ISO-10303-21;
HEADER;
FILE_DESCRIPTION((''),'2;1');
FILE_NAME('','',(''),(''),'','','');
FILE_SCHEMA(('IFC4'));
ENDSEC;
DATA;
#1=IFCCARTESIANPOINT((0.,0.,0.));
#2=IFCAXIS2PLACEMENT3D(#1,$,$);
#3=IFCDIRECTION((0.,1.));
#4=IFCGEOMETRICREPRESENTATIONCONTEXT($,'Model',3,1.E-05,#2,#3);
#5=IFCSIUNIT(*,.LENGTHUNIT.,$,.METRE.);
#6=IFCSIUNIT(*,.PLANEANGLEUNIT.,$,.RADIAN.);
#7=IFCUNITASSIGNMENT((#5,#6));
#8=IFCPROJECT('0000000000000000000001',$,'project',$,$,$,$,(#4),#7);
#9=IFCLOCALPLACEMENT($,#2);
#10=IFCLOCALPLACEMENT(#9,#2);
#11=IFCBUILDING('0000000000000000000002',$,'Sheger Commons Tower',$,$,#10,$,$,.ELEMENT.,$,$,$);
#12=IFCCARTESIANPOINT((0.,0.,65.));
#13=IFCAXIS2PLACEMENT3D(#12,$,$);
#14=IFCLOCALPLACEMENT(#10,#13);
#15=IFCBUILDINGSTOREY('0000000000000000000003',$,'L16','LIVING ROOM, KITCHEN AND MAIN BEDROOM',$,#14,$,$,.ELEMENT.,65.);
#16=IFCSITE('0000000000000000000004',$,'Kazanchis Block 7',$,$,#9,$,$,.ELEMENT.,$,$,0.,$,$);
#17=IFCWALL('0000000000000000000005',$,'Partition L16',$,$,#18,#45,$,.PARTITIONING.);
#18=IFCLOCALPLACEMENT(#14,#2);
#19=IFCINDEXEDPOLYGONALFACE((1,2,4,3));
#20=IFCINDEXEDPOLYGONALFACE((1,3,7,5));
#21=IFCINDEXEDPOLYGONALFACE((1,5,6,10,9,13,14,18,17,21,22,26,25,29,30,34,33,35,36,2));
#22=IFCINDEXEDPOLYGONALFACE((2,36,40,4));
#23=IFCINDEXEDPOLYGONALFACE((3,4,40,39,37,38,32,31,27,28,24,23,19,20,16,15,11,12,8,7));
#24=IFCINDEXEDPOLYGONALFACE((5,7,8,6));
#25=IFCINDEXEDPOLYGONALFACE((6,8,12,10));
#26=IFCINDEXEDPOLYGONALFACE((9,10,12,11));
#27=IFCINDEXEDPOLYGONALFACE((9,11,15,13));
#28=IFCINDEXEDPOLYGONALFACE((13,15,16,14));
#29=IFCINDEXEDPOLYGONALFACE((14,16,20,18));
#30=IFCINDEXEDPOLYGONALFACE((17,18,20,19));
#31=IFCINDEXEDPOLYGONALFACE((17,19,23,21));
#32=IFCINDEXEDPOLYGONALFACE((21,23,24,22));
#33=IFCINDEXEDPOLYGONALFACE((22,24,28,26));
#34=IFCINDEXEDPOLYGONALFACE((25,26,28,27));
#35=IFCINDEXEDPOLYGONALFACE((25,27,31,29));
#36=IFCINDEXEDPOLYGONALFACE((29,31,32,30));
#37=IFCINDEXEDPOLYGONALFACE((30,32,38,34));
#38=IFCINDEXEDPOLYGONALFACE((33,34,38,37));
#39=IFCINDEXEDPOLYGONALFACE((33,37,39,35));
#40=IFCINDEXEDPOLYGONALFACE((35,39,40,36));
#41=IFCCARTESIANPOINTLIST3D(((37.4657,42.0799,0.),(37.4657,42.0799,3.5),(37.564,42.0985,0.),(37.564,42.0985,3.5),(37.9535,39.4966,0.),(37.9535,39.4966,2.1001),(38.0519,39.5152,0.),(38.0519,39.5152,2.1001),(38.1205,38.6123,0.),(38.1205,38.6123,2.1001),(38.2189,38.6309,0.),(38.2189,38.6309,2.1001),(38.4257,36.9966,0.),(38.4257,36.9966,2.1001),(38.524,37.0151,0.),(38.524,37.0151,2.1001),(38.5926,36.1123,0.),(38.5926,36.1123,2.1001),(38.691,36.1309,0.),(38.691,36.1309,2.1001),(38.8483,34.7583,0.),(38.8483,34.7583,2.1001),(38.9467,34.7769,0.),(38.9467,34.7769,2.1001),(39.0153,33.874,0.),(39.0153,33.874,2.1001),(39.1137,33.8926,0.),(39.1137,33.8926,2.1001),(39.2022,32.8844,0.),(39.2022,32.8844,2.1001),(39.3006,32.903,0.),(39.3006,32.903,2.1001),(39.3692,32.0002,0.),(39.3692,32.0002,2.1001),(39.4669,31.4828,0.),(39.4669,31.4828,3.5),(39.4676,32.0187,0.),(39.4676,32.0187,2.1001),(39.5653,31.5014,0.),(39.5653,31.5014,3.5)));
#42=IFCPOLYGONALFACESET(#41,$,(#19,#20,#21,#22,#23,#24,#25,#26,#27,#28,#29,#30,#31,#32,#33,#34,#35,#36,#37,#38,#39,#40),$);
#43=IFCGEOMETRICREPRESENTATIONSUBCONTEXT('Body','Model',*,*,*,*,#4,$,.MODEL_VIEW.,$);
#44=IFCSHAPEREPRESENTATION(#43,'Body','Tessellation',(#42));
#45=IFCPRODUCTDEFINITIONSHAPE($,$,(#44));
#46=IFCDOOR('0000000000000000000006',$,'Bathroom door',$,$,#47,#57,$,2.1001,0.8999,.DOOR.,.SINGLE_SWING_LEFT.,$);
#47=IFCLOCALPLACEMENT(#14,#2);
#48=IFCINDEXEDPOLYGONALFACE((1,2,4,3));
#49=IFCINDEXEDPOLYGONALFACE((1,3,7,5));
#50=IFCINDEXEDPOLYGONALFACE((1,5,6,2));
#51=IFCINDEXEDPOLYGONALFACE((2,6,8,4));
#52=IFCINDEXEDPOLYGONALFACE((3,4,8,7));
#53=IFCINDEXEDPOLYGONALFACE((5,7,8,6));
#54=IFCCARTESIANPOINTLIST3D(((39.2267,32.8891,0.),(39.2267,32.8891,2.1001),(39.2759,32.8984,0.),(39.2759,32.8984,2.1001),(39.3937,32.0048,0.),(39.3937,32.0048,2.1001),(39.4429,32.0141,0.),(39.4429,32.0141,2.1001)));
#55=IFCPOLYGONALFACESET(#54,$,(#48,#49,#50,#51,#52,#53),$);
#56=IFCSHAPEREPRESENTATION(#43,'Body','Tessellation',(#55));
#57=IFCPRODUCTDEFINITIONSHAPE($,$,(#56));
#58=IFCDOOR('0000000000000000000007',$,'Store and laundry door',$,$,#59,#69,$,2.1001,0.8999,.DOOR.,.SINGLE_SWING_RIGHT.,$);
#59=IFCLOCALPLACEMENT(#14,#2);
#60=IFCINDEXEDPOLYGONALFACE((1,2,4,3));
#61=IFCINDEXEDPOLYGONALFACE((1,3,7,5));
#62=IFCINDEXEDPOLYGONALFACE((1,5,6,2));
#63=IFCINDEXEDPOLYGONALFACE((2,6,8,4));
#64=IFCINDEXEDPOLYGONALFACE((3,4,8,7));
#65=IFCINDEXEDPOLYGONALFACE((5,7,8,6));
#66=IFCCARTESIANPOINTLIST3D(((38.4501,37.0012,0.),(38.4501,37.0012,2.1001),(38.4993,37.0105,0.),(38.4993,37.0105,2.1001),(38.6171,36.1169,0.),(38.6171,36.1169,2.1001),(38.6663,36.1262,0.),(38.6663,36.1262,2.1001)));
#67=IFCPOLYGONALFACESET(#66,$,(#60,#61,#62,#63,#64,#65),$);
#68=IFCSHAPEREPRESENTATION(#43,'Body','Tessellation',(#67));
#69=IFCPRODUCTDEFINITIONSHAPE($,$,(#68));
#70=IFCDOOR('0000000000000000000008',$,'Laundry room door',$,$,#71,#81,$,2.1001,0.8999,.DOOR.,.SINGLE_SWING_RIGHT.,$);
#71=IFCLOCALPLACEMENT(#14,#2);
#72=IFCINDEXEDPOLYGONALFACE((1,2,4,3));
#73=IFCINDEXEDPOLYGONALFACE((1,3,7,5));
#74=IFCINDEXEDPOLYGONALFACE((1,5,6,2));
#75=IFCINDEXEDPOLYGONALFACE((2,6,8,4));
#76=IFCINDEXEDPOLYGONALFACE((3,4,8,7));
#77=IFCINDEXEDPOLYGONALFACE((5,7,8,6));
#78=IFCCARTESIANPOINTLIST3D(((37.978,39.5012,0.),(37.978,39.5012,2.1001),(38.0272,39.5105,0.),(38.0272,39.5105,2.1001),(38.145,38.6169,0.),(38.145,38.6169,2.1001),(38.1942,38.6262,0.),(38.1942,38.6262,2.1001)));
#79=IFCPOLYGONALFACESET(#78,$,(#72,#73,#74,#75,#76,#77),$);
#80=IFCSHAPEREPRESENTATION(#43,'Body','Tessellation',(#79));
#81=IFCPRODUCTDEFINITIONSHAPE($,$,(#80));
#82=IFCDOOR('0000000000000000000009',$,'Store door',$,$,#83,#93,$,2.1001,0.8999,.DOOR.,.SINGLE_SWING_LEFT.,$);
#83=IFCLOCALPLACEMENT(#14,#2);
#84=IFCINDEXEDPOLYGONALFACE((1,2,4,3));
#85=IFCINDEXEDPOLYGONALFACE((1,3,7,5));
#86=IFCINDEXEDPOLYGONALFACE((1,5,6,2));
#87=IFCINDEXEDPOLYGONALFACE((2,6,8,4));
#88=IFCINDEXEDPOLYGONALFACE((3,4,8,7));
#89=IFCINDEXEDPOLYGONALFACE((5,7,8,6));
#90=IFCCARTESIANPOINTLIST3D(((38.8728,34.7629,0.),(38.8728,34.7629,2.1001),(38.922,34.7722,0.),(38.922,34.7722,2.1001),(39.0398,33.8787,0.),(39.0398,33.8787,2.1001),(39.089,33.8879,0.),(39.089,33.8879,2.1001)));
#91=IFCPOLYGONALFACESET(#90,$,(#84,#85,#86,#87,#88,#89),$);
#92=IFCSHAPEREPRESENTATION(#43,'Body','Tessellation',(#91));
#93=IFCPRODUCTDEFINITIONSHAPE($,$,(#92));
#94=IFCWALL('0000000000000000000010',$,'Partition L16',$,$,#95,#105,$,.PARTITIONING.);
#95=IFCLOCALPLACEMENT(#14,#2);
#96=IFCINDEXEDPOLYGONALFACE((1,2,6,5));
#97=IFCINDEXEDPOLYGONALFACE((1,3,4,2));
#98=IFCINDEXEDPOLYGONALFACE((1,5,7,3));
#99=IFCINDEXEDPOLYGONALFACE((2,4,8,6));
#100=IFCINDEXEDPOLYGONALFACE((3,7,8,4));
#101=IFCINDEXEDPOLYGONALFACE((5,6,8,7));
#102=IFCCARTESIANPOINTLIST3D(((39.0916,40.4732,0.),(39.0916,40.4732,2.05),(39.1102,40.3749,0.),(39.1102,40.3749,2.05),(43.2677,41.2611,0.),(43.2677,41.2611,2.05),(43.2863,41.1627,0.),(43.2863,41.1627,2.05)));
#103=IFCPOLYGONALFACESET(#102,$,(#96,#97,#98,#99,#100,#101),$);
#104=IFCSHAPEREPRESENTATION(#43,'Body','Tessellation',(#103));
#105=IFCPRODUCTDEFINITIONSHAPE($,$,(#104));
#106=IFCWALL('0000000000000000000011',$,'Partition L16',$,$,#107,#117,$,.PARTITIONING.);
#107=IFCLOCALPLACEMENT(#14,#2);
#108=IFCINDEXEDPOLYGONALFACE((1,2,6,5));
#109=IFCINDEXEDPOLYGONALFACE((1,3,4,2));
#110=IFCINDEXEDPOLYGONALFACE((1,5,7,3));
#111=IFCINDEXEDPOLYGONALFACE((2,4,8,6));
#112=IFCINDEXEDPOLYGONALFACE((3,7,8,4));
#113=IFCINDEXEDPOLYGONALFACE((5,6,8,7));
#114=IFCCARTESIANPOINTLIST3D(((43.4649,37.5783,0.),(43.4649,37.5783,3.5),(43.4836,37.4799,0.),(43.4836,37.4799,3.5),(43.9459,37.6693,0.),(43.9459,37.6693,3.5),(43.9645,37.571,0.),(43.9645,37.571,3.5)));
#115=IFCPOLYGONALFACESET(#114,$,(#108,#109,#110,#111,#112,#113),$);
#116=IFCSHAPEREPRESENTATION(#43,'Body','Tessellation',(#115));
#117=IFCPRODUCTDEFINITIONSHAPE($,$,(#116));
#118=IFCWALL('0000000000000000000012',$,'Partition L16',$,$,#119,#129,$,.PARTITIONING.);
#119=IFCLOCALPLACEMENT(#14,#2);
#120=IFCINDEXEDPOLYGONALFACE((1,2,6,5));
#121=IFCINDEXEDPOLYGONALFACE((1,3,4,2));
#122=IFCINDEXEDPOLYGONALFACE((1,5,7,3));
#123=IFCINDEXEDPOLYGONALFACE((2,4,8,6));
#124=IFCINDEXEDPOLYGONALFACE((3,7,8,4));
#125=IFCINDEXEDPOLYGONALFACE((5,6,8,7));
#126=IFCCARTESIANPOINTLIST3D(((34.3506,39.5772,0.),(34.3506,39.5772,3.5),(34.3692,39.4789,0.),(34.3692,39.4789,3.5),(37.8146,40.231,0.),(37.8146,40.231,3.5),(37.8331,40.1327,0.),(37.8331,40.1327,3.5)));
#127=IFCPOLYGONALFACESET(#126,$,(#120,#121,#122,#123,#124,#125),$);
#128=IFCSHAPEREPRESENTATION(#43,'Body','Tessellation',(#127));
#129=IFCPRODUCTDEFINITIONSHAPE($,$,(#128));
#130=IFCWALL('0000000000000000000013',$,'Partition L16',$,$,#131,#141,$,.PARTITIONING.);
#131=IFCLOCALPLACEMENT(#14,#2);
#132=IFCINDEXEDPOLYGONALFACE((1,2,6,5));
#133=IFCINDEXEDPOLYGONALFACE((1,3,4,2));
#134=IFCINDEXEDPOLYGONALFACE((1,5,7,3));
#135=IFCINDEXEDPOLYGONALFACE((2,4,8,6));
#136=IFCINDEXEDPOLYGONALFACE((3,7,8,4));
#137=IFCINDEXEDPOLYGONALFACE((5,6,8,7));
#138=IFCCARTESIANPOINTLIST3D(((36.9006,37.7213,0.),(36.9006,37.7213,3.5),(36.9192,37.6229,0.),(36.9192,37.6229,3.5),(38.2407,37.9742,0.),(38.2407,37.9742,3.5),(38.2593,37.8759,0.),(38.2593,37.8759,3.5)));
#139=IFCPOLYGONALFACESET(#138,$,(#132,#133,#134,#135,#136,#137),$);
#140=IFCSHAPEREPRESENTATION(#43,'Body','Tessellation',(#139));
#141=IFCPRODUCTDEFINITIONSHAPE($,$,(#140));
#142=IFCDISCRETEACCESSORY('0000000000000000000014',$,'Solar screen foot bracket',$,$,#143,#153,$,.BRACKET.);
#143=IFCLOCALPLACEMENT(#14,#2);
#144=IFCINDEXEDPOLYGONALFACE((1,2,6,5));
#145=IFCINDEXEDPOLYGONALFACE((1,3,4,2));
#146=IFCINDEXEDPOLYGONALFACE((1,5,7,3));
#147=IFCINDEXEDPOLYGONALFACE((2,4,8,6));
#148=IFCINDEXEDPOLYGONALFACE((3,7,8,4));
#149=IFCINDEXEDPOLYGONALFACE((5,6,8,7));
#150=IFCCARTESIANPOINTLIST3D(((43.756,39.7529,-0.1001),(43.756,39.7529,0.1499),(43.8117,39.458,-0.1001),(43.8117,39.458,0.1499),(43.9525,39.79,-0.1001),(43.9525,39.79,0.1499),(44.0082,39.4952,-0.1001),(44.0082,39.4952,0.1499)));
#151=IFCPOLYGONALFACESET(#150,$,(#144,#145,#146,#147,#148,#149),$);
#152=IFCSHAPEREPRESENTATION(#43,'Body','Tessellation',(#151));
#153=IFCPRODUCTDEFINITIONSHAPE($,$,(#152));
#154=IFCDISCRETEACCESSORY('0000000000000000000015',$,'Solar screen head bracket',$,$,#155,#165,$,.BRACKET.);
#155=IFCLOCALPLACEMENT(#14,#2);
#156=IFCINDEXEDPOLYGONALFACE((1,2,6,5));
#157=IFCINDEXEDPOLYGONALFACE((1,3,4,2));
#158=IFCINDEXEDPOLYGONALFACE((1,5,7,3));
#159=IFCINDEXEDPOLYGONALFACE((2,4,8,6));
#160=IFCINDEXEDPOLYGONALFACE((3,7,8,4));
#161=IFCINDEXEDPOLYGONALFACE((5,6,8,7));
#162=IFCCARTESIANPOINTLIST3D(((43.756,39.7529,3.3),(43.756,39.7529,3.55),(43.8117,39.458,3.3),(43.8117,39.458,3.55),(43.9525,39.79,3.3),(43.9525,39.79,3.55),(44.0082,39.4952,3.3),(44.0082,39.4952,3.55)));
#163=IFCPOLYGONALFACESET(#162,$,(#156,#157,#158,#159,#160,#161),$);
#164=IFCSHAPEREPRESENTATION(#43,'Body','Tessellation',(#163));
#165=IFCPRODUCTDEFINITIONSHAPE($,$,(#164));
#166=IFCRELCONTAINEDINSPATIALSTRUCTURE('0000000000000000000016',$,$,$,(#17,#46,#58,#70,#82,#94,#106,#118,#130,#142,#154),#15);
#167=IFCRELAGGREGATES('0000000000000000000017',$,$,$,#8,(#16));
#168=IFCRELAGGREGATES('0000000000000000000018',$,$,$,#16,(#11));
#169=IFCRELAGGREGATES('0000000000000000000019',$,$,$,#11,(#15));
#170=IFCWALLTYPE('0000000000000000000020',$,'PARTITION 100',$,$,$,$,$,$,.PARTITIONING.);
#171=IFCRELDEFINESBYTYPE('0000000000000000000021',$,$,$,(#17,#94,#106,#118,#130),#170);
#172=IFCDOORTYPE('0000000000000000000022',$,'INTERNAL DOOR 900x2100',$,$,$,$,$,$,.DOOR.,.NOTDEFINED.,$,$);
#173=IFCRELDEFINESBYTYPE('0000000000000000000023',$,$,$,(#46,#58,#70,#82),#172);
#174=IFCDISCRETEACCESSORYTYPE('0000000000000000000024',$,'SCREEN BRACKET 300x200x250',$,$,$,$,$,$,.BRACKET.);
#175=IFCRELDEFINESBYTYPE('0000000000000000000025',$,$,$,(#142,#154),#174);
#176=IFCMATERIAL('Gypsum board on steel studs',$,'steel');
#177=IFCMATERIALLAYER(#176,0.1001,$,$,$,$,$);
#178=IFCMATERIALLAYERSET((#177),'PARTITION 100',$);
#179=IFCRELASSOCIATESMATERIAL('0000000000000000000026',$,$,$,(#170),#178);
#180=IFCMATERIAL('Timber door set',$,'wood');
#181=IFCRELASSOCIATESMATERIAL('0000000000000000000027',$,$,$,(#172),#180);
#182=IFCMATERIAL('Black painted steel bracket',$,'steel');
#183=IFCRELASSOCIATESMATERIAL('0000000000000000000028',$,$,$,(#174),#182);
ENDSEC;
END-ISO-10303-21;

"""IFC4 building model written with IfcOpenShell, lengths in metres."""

from ifc_helpers import new_model, si_unit, direction, frame, frame_2d, origin, origin_2d, place, context, subcontext, project, spatial, rectangle, extrude, material, layer, layer_set, type_object, element, fill, save


model = new_model("IFC4")

# Units and contexts
model_context = context("Model", 3, precision=1e-05, world=origin(), true_north=direction((0.0, 1.0)))
body_context = subcontext(model_context, "Body", "Model", "MODEL_VIEW")
ifc_project = project(units=[si_unit("LENGTHUNIT", "METRE"), si_unit("PLANEANGLEUNIT", "RADIAN")], contexts=[model_context])

# Site, building, storey
site_placement = place(None, origin())
site = spatial("IfcSite", under=ifc_project, at=site_placement, Name="Kazanchis Block 7", CompositionType="ELEMENT", RefElevation=0.0)
building_placement = place(site_placement, origin())
building = spatial("IfcBuilding", under=site, at=building_placement, Name="Sheger Commons Tower", CompositionType="ELEMENT")
storey_placement = place(building_placement, frame((0.0, 0.0, 65.0)))
storey = spatial("IfcBuildingStorey", under=building, at=storey_placement, Name="L16", Description="LIVING ROOM, KITCHEN AND MAIN BEDROOM", CompositionType="ELEMENT", Elevation=65.0)

# Shared definitions
ifc_material_1 = material(Name="Gypsum board on steel studs", Category="steel")
ifc_layer_1 = layer(ifc_material_1, 0.1001)
ifc_layer_set_1 = layer_set([ifc_layer_1], Name="PARTITION 100")
wall_type = type_object("IfcWallType", Name="PARTITION 100", PredefinedType="PARTITIONING", material=ifc_layer_set_1)

# Shared definitions
ifc_material_2 = material(Name="Timber door set", Category="wood")
door_type = type_object("IfcDoorType", Name="INTERNAL DOOR 900x2100", OperationType="NOTDEFINED", PredefinedType="DOOR", material=ifc_material_2)

# Wall, openings, doors
wall_1_placement = place(storey_placement, frame((37.5149, 42.0891, 0.0), z_axis=(0.0, 0.0, 1.0), x_axis=(0.185565, -0.982632, 0.0)))
wall_1 = element("IfcWall", 1, at=wall_1_placement, inside=storey, type_object=wall_type, Name="Partition L16", PredefinedType="PARTITIONING", context=body_context, shape_type="SweptSolid", body=[
    extrude(rectangle(XDim=10.7844, YDim=0.1001, at=frame_2d((5.3921, 0.0))), origin(), (0.0, 0.0, 1.0), 3.5),
])
opening_1_placement = place(wall_1_placement, frame((9.3579, 0.0, 0.0)))
opening_1 = element("IfcOpeningElement", 2, at=opening_1_placement, cuts=wall_1, PredefinedType="OPENING", context=body_context, shape_type="SweptSolid", body=[
    extrude(rectangle(XDim=0.8999, YDim=2.1001, at=frame_2d((0.45, 1.05))), frame((0.0, 0.0601, 0.0), z_axis=(0.0, -1.0, 0.0), x_axis=(1.0, 0.0, 0.0)), (0.0, 0.0, 1.0), 0.1201),
])
opening_2_placement = place(wall_1_placement, frame((5.1731, 0.0, 0.0)))
opening_2 = element("IfcOpeningElement", 3, at=opening_2_placement, cuts=wall_1, PredefinedType="OPENING", context=body_context, shape_type="SweptSolid", body=[
    extrude(rectangle(XDim=0.8999, YDim=2.1001, at=frame_2d((0.45, 1.05))), frame((0.0, 0.0601, 0.0), z_axis=(0.0, -1.0, 0.0), x_axis=(1.0, 0.0, 0.0)), (0.0, 0.0, 1.0), 0.1201),
])
opening_3_placement = place(wall_1_placement, frame((2.6289, 0.0, 0.0)))
opening_3 = element("IfcOpeningElement", 4, at=opening_3_placement, cuts=wall_1, PredefinedType="OPENING", context=body_context, shape_type="SweptSolid", body=[
    extrude(rectangle(XDim=0.8999, YDim=2.1001, at=frame_2d((0.45, 1.05))), frame((0.0, 0.0601, 0.0), z_axis=(0.0, -1.0, 0.0), x_axis=(1.0, 0.0, 0.0)), (0.0, 0.0, 1.0), 0.1201),
])
opening_4_placement = place(wall_1_placement, frame((7.4509, 0.0, 0.0)))
opening_4 = element("IfcOpeningElement", 5, at=opening_4_placement, cuts=wall_1, PredefinedType="OPENING", context=body_context, shape_type="SweptSolid", body=[
    extrude(rectangle(XDim=0.8999, YDim=2.1001, at=frame_2d((0.45, 1.05))), frame((0.0, 0.0601, 0.0), z_axis=(0.0, -1.0, 0.0), x_axis=(1.0, 0.0, 0.0)), (0.0, 0.0, 1.0), 0.1201),
])
door_1_placement = place(opening_1_placement, origin())
door_1 = element("IfcDoor", 6, at=door_1_placement, inside=storey, type_object=door_type, Name="Bathroom door", OperationType="SINGLE_SWING_LEFT", OverallHeight=2.1001, OverallWidth=0.8999, PredefinedType="DOOR", context=body_context, shape_type="SweptSolid", body=[
    extrude(rectangle(XDim=0.8999, YDim=2.1001, at=frame_2d((0.45, 1.05))), frame((0.0, 0.0249, 0.0), z_axis=(0.0, -1.0, 0.0), x_axis=(1.0, 0.0, 0.0)), (0.0, 0.0, 1.0), 0.05),
])
fill(opening_1, door_1)
door_2_placement = place(opening_2_placement, origin())
door_2 = element("IfcDoor", 7, at=door_2_placement, inside=storey, type_object=door_type, Name="Store and laundry door", OperationType="SINGLE_SWING_RIGHT", OverallHeight=2.1001, OverallWidth=0.8999, PredefinedType="DOOR", context=body_context, shape_type="SweptSolid", body=[
    extrude(rectangle(XDim=0.8999, YDim=2.1001, at=frame_2d((0.45, 1.05))), frame((0.0, 0.0249, 0.0), z_axis=(0.0, -1.0, 0.0), x_axis=(1.0, 0.0, 0.0)), (0.0, 0.0, 1.0), 0.05),
])
fill(opening_2, door_2)
door_3_placement = place(opening_3_placement, origin())
door_3 = element("IfcDoor", 8, at=door_3_placement, inside=storey, type_object=door_type, Name="Laundry room door", OperationType="SINGLE_SWING_RIGHT", OverallHeight=2.1001, OverallWidth=0.8999, PredefinedType="DOOR", context=body_context, shape_type="SweptSolid", body=[
    extrude(rectangle(XDim=0.8999, YDim=2.1001, at=frame_2d((0.45, 1.05))), frame((0.0, 0.0249, 0.0), z_axis=(0.0, -1.0, 0.0), x_axis=(1.0, 0.0, 0.0)), (0.0, 0.0, 1.0), 0.05),
])
fill(opening_3, door_3)
door_4_placement = place(opening_4_placement, origin())
door_4 = element("IfcDoor", 9, at=door_4_placement, inside=storey, type_object=door_type, Name="Store door", OperationType="SINGLE_SWING_LEFT", OverallHeight=2.1001, OverallWidth=0.8999, PredefinedType="DOOR", context=body_context, shape_type="SweptSolid", body=[
    extrude(rectangle(XDim=0.8999, YDim=2.1001, at=frame_2d((0.45, 1.05))), frame((0.0, 0.0249, 0.0), z_axis=(0.0, -1.0, 0.0), x_axis=(1.0, 0.0, 0.0)), (0.0, 0.0, 1.0), 0.05),
])
fill(opening_4, door_4)

# Walls
wall_2_placement = place(storey_placement, frame((43.2771, 41.2119, 0.0), z_axis=(0.0, 0.0, 1.0), x_axis=(-0.982665, -0.185388, 0.0)))
element("IfcWall", 10, at=wall_2_placement, inside=storey, type_object=wall_type, Name="Partition L16", PredefinedType="PARTITIONING", context=body_context, shape_type="SweptSolid", body=[
    extrude(rectangle(XDim=4.2498, YDim=0.1001, at=frame_2d((2.125, 0.0))), origin(), (0.0, 0.0, 1.0), 2.05),
])
wall_3_placement = place(storey_placement, frame((43.9551, 37.6201, 0.0), z_axis=(0.0, 0.0, 1.0), x_axis=(-0.982543, -0.186035, 0.0)))
element("IfcWall", 11, at=wall_3_placement, inside=storey, type_object=wall_type, Name="Partition L16", PredefinedType="PARTITIONING", context=body_context, shape_type="SweptSolid", body=[
    extrude(rectangle(XDim=0.4895, YDim=0.1001, at=frame_2d((0.2446, 0.0))), origin(), (0.0, 0.0, 1.0), 3.5),
])
wall_4_placement = place(storey_placement, frame((37.824, 40.1819, 0.0), z_axis=(0.0, 0.0, 1.0), x_axis=(-0.982649, -0.185476, 0.0)))
element("IfcWall", 12, at=wall_4_placement, inside=storey, type_object=wall_type, Name="Partition L16", PredefinedType="PARTITIONING", context=body_context, shape_type="SweptSolid", body=[
    extrude(rectangle(XDim=3.5251, YDim=0.1001, at=frame_2d((1.7627, 0.0))), origin(), (0.0, 0.0, 1.0), 3.5),
])
wall_5_placement = place(storey_placement, frame((38.25, 37.925, 0.0), z_axis=(0.0, 0.0, 1.0), x_axis=(-0.982651, -0.185467, 0.0)))
element("IfcWall", 13, at=wall_5_placement, inside=storey, type_object=wall_type, Name="Partition L16", PredefinedType="PARTITIONING", context=body_context, shape_type="SweptSolid", body=[
    extrude(rectangle(XDim=1.3638, YDim=0.1001, at=frame_2d((0.6819, 0.0))), origin(), (0.0, 0.0, 1.0), 3.5),
])

# Discrete accessories
ifc_material_3 = material(Name="Black painted steel bracket", Category="steel")
discrete_accessory_type = type_object("IfcDiscreteAccessoryType", Name="SCREEN BRACKET 300x200x250", PredefinedType="BRACKET", material=ifc_material_3)
for number, where, z_axis, x_axis, name in (
    (14, (43.8821, 39.624, -0.1001), (0.0, 0.0, 1.0), (-0.185615, 0.982623, 0.0), "Solar screen foot bracket"),
    (15, (43.8821, 39.624, 3.3), (0.0, 0.0, 1.0), (-0.185615, 0.982623, 0.0), "Solar screen head bracket"),
):
    element("IfcDiscreteAccessory", number, at=place(storey_placement, frame(where, z_axis=z_axis, x_axis=x_axis)), inside=storey, type_object=discrete_accessory_type, Name=name, PredefinedType="BRACKET", context=body_context, shape_type="SweptSolid", body=[
        extrude(rectangle(XDim=0.3, YDim=0.2, at=origin_2d()), origin(), (0.0, 0.0, 1.0), 0.25),
    ])

save(model, "model.ifc")
